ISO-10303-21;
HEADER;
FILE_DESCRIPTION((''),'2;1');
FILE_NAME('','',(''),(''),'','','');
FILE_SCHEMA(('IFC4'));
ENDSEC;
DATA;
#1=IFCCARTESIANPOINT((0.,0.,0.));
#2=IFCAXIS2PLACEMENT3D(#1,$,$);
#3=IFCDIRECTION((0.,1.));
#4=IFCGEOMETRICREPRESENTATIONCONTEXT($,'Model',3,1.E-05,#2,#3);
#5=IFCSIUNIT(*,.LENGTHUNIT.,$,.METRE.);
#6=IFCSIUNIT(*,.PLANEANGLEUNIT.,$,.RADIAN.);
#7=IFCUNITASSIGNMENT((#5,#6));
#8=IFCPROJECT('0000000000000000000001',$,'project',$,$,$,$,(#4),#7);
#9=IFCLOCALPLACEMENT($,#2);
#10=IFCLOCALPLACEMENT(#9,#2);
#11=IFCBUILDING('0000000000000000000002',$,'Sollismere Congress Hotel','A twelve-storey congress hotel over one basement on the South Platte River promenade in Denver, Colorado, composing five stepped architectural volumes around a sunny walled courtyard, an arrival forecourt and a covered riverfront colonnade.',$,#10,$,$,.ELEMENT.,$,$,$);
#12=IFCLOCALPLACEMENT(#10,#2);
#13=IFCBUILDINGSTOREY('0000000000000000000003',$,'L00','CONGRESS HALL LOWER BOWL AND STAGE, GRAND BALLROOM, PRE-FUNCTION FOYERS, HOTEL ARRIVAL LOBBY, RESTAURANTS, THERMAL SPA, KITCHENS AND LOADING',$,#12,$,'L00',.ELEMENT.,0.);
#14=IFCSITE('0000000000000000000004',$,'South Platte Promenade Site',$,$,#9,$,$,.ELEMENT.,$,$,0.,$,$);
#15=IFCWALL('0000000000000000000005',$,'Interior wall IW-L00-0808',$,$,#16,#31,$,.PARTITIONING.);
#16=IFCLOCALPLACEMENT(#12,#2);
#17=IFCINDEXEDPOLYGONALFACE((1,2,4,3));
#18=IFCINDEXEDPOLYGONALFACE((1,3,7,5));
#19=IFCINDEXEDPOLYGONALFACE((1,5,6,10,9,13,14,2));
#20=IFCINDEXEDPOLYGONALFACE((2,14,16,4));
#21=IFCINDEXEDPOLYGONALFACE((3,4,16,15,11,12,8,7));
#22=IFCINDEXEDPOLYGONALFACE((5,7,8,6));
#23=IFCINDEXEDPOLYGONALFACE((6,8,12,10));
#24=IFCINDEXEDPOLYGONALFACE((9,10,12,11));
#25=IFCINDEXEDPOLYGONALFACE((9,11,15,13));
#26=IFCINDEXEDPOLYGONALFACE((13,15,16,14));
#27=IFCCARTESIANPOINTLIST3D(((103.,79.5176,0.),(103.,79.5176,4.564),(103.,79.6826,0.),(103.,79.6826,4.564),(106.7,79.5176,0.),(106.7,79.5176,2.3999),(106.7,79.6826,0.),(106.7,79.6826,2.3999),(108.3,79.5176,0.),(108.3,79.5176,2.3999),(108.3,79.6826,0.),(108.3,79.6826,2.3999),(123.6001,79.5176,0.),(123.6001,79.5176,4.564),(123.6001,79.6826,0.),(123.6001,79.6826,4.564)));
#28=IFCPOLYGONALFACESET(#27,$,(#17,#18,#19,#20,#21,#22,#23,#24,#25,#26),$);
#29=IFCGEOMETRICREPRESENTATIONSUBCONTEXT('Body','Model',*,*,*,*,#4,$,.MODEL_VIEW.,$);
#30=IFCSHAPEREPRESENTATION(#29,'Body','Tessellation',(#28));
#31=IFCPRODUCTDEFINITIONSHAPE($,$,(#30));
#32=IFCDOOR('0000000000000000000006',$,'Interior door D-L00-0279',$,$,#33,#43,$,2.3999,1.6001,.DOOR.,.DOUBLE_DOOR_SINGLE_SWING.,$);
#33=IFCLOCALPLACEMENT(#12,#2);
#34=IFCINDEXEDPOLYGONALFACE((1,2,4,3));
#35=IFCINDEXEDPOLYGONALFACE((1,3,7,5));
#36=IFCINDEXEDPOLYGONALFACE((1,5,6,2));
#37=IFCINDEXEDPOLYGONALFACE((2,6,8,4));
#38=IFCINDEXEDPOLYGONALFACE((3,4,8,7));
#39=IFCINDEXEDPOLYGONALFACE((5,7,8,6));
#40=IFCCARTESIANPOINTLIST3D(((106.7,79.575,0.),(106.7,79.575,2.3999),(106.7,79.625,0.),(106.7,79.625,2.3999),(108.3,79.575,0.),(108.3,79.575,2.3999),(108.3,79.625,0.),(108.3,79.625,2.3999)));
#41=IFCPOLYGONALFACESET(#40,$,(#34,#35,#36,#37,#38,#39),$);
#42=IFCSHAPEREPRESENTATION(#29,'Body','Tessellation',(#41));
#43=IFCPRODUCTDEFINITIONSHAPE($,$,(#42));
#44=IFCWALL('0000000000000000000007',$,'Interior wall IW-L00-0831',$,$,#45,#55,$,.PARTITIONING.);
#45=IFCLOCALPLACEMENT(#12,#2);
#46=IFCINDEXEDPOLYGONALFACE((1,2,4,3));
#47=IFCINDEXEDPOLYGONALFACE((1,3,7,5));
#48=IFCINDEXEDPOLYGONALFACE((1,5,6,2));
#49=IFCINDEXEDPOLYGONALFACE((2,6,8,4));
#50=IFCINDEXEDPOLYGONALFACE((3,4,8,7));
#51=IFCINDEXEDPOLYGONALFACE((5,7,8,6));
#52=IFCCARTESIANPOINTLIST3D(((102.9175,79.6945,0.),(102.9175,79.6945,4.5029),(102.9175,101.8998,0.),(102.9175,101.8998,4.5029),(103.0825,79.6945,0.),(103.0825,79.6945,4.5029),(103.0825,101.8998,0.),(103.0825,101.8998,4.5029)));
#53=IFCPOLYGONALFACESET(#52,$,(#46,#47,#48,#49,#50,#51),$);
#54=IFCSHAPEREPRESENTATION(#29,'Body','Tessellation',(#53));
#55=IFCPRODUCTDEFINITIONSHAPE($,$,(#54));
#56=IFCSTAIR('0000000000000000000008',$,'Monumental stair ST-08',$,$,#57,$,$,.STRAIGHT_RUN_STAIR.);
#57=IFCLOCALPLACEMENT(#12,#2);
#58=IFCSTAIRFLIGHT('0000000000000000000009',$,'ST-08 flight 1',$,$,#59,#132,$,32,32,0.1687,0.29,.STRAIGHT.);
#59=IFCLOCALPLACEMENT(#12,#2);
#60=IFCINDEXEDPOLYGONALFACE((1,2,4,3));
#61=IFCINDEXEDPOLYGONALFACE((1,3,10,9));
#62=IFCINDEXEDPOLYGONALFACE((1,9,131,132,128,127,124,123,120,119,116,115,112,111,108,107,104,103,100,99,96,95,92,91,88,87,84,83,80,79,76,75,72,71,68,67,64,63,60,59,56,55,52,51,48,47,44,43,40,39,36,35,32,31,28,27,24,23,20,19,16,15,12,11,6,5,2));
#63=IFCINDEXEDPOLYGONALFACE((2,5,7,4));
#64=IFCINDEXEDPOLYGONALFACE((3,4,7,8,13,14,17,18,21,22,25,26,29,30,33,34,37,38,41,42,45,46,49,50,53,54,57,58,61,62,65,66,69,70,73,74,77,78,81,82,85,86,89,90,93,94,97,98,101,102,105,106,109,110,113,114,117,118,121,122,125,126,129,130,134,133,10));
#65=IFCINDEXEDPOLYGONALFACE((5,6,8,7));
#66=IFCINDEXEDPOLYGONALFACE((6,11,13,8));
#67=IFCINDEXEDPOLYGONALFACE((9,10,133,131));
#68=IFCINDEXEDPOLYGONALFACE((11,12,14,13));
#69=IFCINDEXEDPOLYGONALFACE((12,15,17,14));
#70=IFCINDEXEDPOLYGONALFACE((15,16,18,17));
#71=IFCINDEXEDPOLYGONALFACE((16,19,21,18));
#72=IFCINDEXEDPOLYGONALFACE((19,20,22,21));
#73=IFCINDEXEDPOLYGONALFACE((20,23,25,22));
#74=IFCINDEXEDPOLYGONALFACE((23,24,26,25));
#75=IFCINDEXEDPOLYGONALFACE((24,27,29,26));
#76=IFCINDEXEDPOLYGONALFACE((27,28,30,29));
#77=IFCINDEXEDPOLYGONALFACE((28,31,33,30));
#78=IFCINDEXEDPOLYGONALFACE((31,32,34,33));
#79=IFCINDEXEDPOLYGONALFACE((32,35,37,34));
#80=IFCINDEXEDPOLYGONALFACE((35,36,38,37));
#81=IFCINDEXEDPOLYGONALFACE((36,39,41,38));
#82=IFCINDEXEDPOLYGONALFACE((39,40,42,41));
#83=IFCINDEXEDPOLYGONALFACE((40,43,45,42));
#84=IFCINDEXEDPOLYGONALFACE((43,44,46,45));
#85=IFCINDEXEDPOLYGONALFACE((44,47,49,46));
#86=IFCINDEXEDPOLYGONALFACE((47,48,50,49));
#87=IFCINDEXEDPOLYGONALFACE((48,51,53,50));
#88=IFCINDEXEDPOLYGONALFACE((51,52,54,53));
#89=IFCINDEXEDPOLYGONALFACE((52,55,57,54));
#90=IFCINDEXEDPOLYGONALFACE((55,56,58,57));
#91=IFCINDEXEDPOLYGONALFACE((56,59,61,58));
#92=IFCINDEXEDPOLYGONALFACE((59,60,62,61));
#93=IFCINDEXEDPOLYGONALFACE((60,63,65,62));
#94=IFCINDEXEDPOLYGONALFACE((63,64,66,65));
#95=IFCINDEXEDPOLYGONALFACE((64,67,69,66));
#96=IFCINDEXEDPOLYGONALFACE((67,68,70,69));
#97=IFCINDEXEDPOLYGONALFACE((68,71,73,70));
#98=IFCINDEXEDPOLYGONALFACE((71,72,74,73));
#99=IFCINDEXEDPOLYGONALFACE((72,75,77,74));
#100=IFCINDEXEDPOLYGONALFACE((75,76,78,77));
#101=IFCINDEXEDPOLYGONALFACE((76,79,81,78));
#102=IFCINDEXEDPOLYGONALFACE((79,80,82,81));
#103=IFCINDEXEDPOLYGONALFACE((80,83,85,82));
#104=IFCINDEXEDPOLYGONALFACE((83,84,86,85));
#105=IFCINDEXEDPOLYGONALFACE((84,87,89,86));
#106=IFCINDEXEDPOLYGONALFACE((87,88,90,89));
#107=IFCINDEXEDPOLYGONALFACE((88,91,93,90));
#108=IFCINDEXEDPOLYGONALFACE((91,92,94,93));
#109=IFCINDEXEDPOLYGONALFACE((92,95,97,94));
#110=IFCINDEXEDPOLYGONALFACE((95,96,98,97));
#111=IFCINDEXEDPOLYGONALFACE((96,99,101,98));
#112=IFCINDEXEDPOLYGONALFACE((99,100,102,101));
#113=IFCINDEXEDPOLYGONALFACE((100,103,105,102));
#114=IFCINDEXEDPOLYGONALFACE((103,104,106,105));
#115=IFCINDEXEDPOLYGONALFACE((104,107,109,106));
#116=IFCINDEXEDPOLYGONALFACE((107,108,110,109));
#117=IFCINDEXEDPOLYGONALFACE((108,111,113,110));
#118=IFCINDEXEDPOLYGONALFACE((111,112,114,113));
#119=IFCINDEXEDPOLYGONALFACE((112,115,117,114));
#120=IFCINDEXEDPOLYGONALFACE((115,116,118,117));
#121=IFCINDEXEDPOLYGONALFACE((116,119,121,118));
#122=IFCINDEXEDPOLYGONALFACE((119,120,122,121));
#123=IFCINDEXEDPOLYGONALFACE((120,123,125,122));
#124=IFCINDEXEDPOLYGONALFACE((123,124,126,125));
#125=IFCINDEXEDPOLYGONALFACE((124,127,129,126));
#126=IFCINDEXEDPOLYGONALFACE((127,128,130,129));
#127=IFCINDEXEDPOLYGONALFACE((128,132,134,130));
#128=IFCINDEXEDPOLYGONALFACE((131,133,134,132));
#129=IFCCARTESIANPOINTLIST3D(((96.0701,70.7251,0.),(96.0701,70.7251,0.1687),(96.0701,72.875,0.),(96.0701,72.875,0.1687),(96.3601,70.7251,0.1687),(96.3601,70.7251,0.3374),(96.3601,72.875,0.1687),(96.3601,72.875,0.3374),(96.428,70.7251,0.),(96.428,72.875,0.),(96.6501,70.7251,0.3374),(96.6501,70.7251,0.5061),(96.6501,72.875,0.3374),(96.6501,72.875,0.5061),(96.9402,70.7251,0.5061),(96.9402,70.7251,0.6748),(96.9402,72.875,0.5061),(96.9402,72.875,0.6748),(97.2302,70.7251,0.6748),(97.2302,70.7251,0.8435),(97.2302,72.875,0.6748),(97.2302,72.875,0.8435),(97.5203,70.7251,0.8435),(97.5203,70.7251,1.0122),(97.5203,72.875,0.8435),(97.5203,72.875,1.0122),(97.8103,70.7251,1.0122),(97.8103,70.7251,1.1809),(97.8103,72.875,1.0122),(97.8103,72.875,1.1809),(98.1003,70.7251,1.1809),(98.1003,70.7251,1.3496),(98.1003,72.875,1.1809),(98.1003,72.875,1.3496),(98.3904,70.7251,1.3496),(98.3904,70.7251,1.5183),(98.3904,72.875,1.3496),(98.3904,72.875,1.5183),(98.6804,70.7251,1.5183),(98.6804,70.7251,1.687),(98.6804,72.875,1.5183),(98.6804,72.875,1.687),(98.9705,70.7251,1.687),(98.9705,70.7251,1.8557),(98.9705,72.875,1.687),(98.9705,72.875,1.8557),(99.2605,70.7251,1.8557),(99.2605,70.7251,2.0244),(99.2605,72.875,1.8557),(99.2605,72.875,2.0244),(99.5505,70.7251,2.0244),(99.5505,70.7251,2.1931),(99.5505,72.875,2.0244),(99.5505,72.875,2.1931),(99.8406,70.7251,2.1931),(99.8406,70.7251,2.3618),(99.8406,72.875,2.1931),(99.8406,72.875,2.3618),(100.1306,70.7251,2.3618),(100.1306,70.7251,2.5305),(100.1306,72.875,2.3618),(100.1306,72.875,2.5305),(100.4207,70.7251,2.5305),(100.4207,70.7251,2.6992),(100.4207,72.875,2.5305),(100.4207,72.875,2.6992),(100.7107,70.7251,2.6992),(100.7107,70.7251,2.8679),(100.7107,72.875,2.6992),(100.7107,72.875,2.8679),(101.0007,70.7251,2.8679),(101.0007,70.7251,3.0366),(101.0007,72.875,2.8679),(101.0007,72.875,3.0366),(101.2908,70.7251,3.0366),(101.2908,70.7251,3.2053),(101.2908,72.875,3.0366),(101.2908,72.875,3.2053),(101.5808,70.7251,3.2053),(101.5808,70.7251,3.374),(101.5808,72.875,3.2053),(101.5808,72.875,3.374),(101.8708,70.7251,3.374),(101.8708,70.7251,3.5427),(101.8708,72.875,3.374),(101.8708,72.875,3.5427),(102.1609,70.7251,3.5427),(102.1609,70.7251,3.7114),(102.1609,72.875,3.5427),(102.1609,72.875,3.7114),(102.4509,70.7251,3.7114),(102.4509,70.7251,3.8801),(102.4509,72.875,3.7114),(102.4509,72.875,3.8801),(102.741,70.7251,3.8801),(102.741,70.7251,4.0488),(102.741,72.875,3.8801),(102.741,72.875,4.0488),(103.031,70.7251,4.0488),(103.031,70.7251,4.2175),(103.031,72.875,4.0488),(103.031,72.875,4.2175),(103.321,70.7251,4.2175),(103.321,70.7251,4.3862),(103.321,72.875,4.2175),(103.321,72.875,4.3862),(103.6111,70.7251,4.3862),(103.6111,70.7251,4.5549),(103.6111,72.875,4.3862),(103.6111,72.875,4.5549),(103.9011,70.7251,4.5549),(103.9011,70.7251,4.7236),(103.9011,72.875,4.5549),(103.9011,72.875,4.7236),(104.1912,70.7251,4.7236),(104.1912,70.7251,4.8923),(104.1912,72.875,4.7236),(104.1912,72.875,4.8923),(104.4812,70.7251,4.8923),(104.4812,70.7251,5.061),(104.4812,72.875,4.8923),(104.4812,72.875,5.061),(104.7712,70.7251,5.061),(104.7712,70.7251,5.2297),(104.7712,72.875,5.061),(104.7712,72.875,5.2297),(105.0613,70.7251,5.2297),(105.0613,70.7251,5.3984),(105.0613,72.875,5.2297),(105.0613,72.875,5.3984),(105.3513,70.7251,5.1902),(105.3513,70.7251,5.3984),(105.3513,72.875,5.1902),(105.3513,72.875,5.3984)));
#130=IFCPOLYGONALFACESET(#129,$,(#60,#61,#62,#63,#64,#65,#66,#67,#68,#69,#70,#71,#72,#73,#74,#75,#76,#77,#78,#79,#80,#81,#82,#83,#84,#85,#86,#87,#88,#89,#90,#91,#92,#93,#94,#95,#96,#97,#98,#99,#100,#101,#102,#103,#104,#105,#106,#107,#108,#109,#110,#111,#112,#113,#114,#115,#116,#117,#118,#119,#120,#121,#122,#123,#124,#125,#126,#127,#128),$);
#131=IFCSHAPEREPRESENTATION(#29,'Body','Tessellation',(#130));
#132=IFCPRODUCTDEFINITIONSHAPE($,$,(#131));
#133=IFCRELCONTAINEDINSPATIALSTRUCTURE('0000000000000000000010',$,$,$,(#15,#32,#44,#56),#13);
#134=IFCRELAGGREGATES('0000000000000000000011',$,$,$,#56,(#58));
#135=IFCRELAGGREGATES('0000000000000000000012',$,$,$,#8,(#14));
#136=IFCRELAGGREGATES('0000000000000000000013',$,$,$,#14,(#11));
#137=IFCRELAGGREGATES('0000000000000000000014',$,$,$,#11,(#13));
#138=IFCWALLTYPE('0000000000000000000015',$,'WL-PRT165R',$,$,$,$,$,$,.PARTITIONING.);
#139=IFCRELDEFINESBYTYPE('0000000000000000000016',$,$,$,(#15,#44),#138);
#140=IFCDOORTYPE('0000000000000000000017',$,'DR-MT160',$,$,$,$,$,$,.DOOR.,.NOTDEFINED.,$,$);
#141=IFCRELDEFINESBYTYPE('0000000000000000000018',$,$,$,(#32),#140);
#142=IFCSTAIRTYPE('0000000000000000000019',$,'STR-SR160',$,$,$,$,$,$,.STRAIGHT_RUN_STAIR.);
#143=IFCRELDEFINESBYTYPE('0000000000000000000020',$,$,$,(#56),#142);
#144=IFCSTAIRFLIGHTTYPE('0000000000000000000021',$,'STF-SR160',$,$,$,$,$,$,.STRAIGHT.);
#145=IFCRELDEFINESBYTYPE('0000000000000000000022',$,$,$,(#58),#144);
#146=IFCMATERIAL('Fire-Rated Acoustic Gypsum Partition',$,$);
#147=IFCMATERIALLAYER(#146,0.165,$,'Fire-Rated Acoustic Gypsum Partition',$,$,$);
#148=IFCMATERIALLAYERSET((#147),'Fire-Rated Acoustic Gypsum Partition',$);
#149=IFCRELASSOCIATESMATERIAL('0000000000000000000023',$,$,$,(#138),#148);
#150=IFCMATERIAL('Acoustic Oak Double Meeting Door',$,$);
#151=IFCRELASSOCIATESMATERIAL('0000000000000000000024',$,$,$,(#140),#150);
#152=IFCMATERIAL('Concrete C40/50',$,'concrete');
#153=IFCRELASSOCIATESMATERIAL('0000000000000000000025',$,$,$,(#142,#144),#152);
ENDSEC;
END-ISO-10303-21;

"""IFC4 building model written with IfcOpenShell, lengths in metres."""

from ifc_helpers import new_model, si_unit, direction, frame, frame_2d, origin, place, context, subcontext, project, spatial, polyline, rectangle, outline, extrude, material, layer, layer_set, type_object, element, fill, aggregate, save


model = new_model("IFC4")

# Units and contexts
model_context = context("Model", 3, precision=1e-05, world=origin(), true_north=direction((0.0, 1.0)))
body_context = subcontext(model_context, "Body", "Model", "MODEL_VIEW")
ifc_project = project(units=[si_unit("LENGTHUNIT", "METRE"), si_unit("PLANEANGLEUNIT", "RADIAN")], contexts=[model_context])

# Site, building, storey
site_placement = place(None, origin())
site = spatial("IfcSite", under=ifc_project, at=site_placement, Name="South Platte Promenade Site", CompositionType="ELEMENT", RefElevation=0.0)
building_placement = place(site_placement, origin())
building = spatial("IfcBuilding", under=site, at=building_placement, Name="Sollismere Congress Hotel", Description="A twelve-storey congress hotel over one basement on the South Platte River promenade in Denver, Colorado, composing five stepped architectural volumes around a sunny walled courtyard, an arrival forecourt and a covered riverfront colonnade.", CompositionType="ELEMENT")
storey_placement = place(building_placement, origin())
storey = spatial("IfcBuildingStorey", under=building, at=storey_placement, Name="L00", Description="CONGRESS HALL LOWER BOWL AND STAGE, GRAND BALLROOM, PRE-FUNCTION FOYERS, HOTEL ARRIVAL LOBBY, RESTAURANTS, THERMAL SPA, KITCHENS AND LOADING", LongName="L00", CompositionType="ELEMENT", Elevation=0.0)

# Wall, opening, door
ifc_material_1 = material(Name="Fire-Rated Acoustic Gypsum Partition")
ifc_layer_1 = layer(ifc_material_1, 0.165, Name="Fire-Rated Acoustic Gypsum Partition")
ifc_layer_set_1 = layer_set([ifc_layer_1], Name="Fire-Rated Acoustic Gypsum Partition")
wall_type_1 = type_object("IfcWallType", Name="WL-PRT165R", PredefinedType="PARTITIONING", material=ifc_layer_set_1)
wall_1_placement = place(storey_placement, frame((103.0, 79.6001, 0.0), z_axis=(0.0, 0.0, 1.0), x_axis=(1.0, 0.0, 0.0)))
wall_1 = element("IfcWall", 1, at=wall_1_placement, inside=storey, type_object=wall_type_1, Name="Interior wall IW-L00-0808", PredefinedType="PARTITIONING", context=body_context, shape_type="SweptSolid", body=[
    extrude(rectangle(XDim=20.6001, YDim=0.165, at=frame_2d((10.3, 0.0))), origin(), (0.0, 0.0, 1.0), 4.564),
])
opening_1_placement = place(wall_1_placement, frame((3.7, 0.0, 0.0)))
opening_1 = element("IfcOpeningElement", 2, at=opening_1_placement, cuts=wall_1, PredefinedType="OPENING", context=body_context, shape_type="SweptSolid", body=[
    extrude(rectangle(XDim=1.6001, YDim=2.3999, at=frame_2d((0.8, 1.2))), frame((0.0, 0.0925, 0.0), z_axis=(0.0, -1.0, 0.0), x_axis=(1.0, 0.0, 0.0)), (0.0, 0.0, 1.0), 0.1851),
])
ifc_material_2 = material(Name="Acoustic Oak Double Meeting Door")
door_type = type_object("IfcDoorType", Name="DR-MT160", OperationType="NOTDEFINED", PredefinedType="DOOR", material=ifc_material_2)
door_placement = place(opening_1_placement, origin())
door = element("IfcDoor", 3, at=door_placement, inside=storey, type_object=door_type, Name="Interior door D-L00-0279", OperationType="DOUBLE_DOOR_SINGLE_SWING", OverallHeight=2.3999, OverallWidth=1.6001, PredefinedType="DOOR", context=body_context, shape_type="SweptSolid", body=[
    extrude(rectangle(XDim=1.6001, YDim=2.3999, at=frame_2d((0.8, 1.2))), frame((0.0, 0.0249, 0.0), z_axis=(0.0, -1.0, 0.0), x_axis=(1.0, 0.0, 0.0)), (0.0, 0.0, 1.0), 0.05),
])
fill(opening_1, door)

# Wall
wall_2_placement = place(storey_placement, frame((103.0, 79.6946, 0.0), z_axis=(0.0, 0.0, 1.0), x_axis=(0.0, 1.0, 0.0)))
element("IfcWall", 4, at=wall_2_placement, inside=storey, type_object=wall_type_1, Name="Interior wall IW-L00-0831", PredefinedType="PARTITIONING", context=body_context, shape_type="SweptSolid", body=[
    extrude(rectangle(XDim=22.2053, YDim=0.165, at=frame_2d((11.1025, 0.0))), origin(), (0.0, 0.0, 1.0), 4.5029),
])

# Stair, stair flight
ifc_material_3 = material(Name="Concrete C40/50", Category="concrete")
stair_type = type_object("IfcStairType", Name="STR-SR160", PredefinedType="STRAIGHT_RUN_STAIR", material=ifc_material_3)
stair_placement = place(storey_placement, origin())
stair = element("IfcStair", 5, at=stair_placement, inside=storey, type_object=stair_type, Name="Monumental stair ST-08", PredefinedType="STRAIGHT_RUN_STAIR")
stair_flight_type = type_object("IfcStairFlightType", Name="STF-SR160", PredefinedType="STRAIGHT", material=ifc_material_3)
stair_flight_placement = place(storey_placement, frame((96.0701, 71.8, 0.0), z_axis=(0.0, 0.0, 1.0), x_axis=(1.0, 0.0, 0.0)))
stair_flight = element("IfcStairFlight", 6, at=stair_flight_placement, type_object=stair_flight_type, Name="ST-08 flight 1", NumberOfRisers=32, NumberOfTreads=32, PredefinedType="STRAIGHT", RiserHeight=0.1687, TreadLength=0.29, context=body_context, shape_type="SweptSolid", body=[
    extrude(outline(polyline([(0.0, 0.0), (0.0, 0.1687), (0.29, 0.1687), (0.29, 0.3374), (0.5801, 0.3374), (0.5801, 0.5061), (0.8701, 0.5061), (0.8701, 0.6748), (1.1602, 0.6748), (1.1602, 0.8435), (1.4502, 0.8435), (1.4502, 1.0122), (1.7402, 1.0122), (1.7402, 1.1809), (2.0303, 1.1809), (2.0303, 1.3496), (2.3203, 1.3496), (2.3203, 1.5183), (2.6104, 1.5183), (2.6104, 1.687), (2.9004, 1.687), (2.9004, 1.8557), (3.1904, 1.8557), (3.1904, 2.0244), (3.4805, 2.0244), (3.4805, 2.1931), (3.7705, 2.1931), (3.7705, 2.3618), (4.0605, 2.3618), (4.0605, 2.5305), (4.3506, 2.5305), (4.3506, 2.6992), (4.6406, 2.6992), (4.6406, 2.8679), (4.9307, 2.8679), (4.9307, 3.0366), (5.2207, 3.0366), (5.2207, 3.2053), (5.5107, 3.2053), (5.5107, 3.374), (5.8008, 3.374), (5.8008, 3.5427), (6.0908, 3.5427), (6.0908, 3.7114), (6.3809, 3.7114), (6.3809, 3.8801), (6.6709, 3.8801), (6.6709, 4.0488), (6.9609, 4.0488), (6.9609, 4.2175), (7.251, 4.2175), (7.251, 4.3862), (7.541, 4.3862), (7.541, 4.5549), (7.8311, 4.5549), (7.8311, 4.7236), (8.1211, 4.7236), (8.1211, 4.8923), (8.4111, 4.8923), (8.4111, 5.061), (8.7012, 5.061), (8.7012, 5.2297), (8.9912, 5.2297), (8.9912, 5.3984), (9.2812, 5.3984), (9.2812, 5.1902), (0.3579, 0.0), (0.0, 0.0)])), frame((0.0, 1.075, 0.0), z_axis=(0.0, -1.0, 0.0), x_axis=(1.0, 0.0, 0.0)), (0.0, 0.0, 1.0), 2.1499),
])
aggregate(stair, [stair_flight])

save(model, "model.ifc")
